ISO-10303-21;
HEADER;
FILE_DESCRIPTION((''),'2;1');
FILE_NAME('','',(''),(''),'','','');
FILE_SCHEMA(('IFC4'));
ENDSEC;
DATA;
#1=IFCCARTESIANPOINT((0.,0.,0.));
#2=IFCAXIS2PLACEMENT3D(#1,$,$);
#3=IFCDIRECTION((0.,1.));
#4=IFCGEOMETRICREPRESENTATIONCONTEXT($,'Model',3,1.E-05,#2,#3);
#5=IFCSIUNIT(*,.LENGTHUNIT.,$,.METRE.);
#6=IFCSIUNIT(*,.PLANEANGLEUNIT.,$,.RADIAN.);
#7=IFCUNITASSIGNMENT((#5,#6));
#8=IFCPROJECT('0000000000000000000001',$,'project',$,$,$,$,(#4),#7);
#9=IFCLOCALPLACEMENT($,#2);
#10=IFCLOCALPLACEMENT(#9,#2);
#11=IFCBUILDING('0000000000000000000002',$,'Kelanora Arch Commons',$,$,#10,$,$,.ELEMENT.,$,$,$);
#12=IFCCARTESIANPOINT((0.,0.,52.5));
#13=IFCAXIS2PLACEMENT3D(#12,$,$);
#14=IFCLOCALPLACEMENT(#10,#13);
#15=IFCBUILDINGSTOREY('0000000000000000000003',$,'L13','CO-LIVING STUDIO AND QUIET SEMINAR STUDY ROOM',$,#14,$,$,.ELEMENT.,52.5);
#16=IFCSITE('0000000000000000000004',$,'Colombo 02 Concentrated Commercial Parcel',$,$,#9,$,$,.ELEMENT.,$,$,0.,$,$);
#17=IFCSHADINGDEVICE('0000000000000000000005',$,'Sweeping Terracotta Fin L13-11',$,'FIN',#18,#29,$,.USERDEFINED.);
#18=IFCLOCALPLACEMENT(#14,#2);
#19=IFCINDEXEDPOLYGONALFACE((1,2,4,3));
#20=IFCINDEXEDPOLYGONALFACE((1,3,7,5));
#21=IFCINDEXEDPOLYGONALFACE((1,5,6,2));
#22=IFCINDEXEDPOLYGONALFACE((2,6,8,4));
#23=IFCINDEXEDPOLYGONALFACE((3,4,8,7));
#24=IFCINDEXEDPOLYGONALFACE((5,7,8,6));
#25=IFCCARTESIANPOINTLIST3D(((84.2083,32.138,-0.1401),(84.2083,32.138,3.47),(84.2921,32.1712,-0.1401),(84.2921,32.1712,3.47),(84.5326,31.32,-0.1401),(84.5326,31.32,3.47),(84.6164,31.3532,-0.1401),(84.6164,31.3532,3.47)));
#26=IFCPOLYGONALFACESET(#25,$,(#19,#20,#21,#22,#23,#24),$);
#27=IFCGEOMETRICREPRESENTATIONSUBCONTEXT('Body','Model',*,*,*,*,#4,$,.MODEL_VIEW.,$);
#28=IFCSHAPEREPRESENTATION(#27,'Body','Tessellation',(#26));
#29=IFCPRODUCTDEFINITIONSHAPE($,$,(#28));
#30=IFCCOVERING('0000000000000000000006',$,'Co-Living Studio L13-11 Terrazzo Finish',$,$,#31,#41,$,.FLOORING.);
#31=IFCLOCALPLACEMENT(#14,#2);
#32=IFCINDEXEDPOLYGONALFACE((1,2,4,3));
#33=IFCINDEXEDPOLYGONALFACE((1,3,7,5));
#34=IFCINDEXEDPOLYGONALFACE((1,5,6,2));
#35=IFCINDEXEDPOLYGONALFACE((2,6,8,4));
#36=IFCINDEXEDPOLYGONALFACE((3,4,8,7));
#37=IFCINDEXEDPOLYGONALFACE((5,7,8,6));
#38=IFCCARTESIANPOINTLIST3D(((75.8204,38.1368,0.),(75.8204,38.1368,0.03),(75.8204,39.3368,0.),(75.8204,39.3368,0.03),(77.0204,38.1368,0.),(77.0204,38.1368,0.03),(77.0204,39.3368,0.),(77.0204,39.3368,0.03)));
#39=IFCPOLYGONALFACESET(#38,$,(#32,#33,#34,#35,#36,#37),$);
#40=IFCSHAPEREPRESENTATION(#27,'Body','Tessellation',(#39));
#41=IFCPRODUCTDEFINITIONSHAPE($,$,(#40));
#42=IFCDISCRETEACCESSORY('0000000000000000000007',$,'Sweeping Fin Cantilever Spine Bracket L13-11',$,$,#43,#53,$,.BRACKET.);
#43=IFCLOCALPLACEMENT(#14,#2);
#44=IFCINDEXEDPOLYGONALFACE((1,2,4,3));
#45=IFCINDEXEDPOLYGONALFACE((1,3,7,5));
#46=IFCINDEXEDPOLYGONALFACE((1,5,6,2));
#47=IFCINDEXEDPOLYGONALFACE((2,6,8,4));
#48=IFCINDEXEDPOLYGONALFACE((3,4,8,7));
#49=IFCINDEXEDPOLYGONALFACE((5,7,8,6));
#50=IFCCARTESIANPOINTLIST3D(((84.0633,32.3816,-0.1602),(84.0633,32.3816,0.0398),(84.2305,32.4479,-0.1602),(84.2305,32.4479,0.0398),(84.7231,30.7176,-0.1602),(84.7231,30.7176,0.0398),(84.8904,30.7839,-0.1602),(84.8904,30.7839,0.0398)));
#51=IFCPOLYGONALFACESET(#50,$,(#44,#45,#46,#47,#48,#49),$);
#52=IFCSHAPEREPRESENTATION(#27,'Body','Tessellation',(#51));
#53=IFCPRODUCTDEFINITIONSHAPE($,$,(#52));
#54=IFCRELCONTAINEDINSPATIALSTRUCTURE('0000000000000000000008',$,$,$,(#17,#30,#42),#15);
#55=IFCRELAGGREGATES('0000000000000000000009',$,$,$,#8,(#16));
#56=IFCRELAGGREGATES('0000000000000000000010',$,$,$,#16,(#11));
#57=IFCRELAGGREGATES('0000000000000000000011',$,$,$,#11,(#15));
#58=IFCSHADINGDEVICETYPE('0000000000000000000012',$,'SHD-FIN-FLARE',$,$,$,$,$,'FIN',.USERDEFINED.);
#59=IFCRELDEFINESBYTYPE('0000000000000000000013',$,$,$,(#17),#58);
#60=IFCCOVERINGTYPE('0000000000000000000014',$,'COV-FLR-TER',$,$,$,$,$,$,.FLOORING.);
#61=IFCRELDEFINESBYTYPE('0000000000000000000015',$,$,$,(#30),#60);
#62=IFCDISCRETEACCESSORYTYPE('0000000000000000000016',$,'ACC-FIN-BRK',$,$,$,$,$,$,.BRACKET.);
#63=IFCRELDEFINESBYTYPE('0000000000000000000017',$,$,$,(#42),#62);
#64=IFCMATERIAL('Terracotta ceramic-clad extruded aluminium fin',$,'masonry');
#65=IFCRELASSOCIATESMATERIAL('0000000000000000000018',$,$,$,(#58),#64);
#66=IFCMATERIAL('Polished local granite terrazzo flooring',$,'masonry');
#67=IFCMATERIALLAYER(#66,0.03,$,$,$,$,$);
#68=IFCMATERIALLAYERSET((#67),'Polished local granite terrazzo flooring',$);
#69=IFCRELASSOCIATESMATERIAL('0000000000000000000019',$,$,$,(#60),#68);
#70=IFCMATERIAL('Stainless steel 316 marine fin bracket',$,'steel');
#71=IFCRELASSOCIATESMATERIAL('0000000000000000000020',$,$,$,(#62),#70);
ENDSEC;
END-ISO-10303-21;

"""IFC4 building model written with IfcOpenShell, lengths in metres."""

from ifc_helpers import new_model, si_unit, direction, frame, origin, origin_2d, place, context, subcontext, project, spatial, rectangle, extrude, source, transform, mapped, material, layer, layer_set, type_object, element, save


model = new_model("IFC4")

# Units and contexts
model_context = context("Model", 3, precision=1e-05, world=origin(), true_north=direction((0.0, 1.0)))
body_context = subcontext(model_context, "Body", "Model", "MODEL_VIEW")
ifc_project = project(units=[si_unit("LENGTHUNIT", "METRE"), si_unit("PLANEANGLEUNIT", "RADIAN")], contexts=[model_context])

# Site, building, storey
site_placement = place(None, origin())
site = spatial("IfcSite", under=ifc_project, at=site_placement, Name="Colombo 02 Concentrated Commercial Parcel", CompositionType="ELEMENT", RefElevation=0.0)
building_placement = place(site_placement, origin())
building = spatial("IfcBuilding", under=site, at=building_placement, Name="Kelanora Arch Commons", CompositionType="ELEMENT")
storey_placement = place(building_placement, frame((0.0, 0.0, 52.5)))
storey = spatial("IfcBuildingStorey", under=building, at=storey_placement, Name="L13", Description="CO-LIVING STUDIO AND QUIET SEMINAR STUDY ROOM", CompositionType="ELEMENT", Elevation=52.5)

# Shading device
ifc_material_1 = material(Name="Terracotta ceramic-clad extruded aluminium fin", Category="masonry")
shading_device_type = type_object("IfcShadingDeviceType", Name="SHD-FIN-FLARE", ElementType="FIN", PredefinedType="USERDEFINED", material=ifc_material_1)
shared_shape_1 = source(origin(), body_context, "Body", "SweptSolid", [
    extrude(rectangle(XDim=0.8799, YDim=0.0901, at=origin_2d()), origin(), (0.0, 0.0, 1.0), 3.6101),
])
shading_device_placement = place(storey_placement, frame((84.4124, 31.7456, -0.1401), z_axis=(0.0, 0.0, 1.0), x_axis=(0.368611, -0.929584, 0.0)))
element("IfcShadingDevice", 1, at=shading_device_placement, inside=storey, type_object=shading_device_type, Name="Sweeping Terracotta Fin L13-11", ObjectType="FIN", PredefinedType="USERDEFINED", context=body_context, shape_type="MappedRepresentation", body=[
    mapped(shared_shape_1, transform((0.0, 0.0, 0.0), scale=1.0)),
])

# Covering
ifc_material_2 = material(Name="Polished local granite terrazzo flooring", Category="masonry")
ifc_layer_1 = layer(ifc_material_2, 0.03)
ifc_layer_set_1 = layer_set([ifc_layer_1], Name="Polished local granite terrazzo flooring")
covering_type = type_object("IfcCoveringType", Name="COV-FLR-TER", PredefinedType="FLOORING", material=ifc_layer_set_1)
shared_shape_2 = source(origin(), body_context, "Body", "SweptSolid", [
    extrude(rectangle(XDim=1.2, YDim=1.2, at=origin_2d()), origin(), (0.0, 0.0, 1.0), 0.03),
])
covering_placement = place(storey_placement, frame((76.4204, 38.7368, 0.0), z_axis=(0.0, 0.0, 1.0), x_axis=(1.0, 0.0, 0.0)))
element("IfcCovering", 2, at=covering_placement, inside=storey, type_object=covering_type, Name="Co-Living Studio L13-11 Terrazzo Finish", PredefinedType="FLOORING", context=body_context, shape_type="MappedRepresentation", body=[
    mapped(shared_shape_2, transform((0.0, 0.0, 0.0), scale=1.0)),
])

# Discrete accessory
ifc_material_3 = material(Name="Stainless steel 316 marine fin bracket", Category="steel")
discrete_accessory_type = type_object("IfcDiscreteAccessoryType", Name="ACC-FIN-BRK", PredefinedType="BRACKET", material=ifc_material_3)
shared_shape_3 = source(origin(), body_context, "Body", "SweptSolid", [
    extrude(rectangle(XDim=1.79, YDim=0.1799, at=origin_2d()), origin(), (0.0, 0.0, 1.0), 0.2),
])
discrete_accessory_placement = place(storey_placement, frame((84.4768, 31.5828, -0.1602), z_axis=(0.0, 0.0, 1.0), x_axis=(0.368611, -0.929584, 0.0)))
element("IfcDiscreteAccessory", 3, at=discrete_accessory_placement, inside=storey, type_object=discrete_accessory_type, Name="Sweeping Fin Cantilever Spine Bracket L13-11", PredefinedType="BRACKET", context=body_context, shape_type="MappedRepresentation", body=[
    mapped(shared_shape_3, transform((0.0, 0.0, 0.0), scale=1.0)),
])

save(model, "model.ifc")
